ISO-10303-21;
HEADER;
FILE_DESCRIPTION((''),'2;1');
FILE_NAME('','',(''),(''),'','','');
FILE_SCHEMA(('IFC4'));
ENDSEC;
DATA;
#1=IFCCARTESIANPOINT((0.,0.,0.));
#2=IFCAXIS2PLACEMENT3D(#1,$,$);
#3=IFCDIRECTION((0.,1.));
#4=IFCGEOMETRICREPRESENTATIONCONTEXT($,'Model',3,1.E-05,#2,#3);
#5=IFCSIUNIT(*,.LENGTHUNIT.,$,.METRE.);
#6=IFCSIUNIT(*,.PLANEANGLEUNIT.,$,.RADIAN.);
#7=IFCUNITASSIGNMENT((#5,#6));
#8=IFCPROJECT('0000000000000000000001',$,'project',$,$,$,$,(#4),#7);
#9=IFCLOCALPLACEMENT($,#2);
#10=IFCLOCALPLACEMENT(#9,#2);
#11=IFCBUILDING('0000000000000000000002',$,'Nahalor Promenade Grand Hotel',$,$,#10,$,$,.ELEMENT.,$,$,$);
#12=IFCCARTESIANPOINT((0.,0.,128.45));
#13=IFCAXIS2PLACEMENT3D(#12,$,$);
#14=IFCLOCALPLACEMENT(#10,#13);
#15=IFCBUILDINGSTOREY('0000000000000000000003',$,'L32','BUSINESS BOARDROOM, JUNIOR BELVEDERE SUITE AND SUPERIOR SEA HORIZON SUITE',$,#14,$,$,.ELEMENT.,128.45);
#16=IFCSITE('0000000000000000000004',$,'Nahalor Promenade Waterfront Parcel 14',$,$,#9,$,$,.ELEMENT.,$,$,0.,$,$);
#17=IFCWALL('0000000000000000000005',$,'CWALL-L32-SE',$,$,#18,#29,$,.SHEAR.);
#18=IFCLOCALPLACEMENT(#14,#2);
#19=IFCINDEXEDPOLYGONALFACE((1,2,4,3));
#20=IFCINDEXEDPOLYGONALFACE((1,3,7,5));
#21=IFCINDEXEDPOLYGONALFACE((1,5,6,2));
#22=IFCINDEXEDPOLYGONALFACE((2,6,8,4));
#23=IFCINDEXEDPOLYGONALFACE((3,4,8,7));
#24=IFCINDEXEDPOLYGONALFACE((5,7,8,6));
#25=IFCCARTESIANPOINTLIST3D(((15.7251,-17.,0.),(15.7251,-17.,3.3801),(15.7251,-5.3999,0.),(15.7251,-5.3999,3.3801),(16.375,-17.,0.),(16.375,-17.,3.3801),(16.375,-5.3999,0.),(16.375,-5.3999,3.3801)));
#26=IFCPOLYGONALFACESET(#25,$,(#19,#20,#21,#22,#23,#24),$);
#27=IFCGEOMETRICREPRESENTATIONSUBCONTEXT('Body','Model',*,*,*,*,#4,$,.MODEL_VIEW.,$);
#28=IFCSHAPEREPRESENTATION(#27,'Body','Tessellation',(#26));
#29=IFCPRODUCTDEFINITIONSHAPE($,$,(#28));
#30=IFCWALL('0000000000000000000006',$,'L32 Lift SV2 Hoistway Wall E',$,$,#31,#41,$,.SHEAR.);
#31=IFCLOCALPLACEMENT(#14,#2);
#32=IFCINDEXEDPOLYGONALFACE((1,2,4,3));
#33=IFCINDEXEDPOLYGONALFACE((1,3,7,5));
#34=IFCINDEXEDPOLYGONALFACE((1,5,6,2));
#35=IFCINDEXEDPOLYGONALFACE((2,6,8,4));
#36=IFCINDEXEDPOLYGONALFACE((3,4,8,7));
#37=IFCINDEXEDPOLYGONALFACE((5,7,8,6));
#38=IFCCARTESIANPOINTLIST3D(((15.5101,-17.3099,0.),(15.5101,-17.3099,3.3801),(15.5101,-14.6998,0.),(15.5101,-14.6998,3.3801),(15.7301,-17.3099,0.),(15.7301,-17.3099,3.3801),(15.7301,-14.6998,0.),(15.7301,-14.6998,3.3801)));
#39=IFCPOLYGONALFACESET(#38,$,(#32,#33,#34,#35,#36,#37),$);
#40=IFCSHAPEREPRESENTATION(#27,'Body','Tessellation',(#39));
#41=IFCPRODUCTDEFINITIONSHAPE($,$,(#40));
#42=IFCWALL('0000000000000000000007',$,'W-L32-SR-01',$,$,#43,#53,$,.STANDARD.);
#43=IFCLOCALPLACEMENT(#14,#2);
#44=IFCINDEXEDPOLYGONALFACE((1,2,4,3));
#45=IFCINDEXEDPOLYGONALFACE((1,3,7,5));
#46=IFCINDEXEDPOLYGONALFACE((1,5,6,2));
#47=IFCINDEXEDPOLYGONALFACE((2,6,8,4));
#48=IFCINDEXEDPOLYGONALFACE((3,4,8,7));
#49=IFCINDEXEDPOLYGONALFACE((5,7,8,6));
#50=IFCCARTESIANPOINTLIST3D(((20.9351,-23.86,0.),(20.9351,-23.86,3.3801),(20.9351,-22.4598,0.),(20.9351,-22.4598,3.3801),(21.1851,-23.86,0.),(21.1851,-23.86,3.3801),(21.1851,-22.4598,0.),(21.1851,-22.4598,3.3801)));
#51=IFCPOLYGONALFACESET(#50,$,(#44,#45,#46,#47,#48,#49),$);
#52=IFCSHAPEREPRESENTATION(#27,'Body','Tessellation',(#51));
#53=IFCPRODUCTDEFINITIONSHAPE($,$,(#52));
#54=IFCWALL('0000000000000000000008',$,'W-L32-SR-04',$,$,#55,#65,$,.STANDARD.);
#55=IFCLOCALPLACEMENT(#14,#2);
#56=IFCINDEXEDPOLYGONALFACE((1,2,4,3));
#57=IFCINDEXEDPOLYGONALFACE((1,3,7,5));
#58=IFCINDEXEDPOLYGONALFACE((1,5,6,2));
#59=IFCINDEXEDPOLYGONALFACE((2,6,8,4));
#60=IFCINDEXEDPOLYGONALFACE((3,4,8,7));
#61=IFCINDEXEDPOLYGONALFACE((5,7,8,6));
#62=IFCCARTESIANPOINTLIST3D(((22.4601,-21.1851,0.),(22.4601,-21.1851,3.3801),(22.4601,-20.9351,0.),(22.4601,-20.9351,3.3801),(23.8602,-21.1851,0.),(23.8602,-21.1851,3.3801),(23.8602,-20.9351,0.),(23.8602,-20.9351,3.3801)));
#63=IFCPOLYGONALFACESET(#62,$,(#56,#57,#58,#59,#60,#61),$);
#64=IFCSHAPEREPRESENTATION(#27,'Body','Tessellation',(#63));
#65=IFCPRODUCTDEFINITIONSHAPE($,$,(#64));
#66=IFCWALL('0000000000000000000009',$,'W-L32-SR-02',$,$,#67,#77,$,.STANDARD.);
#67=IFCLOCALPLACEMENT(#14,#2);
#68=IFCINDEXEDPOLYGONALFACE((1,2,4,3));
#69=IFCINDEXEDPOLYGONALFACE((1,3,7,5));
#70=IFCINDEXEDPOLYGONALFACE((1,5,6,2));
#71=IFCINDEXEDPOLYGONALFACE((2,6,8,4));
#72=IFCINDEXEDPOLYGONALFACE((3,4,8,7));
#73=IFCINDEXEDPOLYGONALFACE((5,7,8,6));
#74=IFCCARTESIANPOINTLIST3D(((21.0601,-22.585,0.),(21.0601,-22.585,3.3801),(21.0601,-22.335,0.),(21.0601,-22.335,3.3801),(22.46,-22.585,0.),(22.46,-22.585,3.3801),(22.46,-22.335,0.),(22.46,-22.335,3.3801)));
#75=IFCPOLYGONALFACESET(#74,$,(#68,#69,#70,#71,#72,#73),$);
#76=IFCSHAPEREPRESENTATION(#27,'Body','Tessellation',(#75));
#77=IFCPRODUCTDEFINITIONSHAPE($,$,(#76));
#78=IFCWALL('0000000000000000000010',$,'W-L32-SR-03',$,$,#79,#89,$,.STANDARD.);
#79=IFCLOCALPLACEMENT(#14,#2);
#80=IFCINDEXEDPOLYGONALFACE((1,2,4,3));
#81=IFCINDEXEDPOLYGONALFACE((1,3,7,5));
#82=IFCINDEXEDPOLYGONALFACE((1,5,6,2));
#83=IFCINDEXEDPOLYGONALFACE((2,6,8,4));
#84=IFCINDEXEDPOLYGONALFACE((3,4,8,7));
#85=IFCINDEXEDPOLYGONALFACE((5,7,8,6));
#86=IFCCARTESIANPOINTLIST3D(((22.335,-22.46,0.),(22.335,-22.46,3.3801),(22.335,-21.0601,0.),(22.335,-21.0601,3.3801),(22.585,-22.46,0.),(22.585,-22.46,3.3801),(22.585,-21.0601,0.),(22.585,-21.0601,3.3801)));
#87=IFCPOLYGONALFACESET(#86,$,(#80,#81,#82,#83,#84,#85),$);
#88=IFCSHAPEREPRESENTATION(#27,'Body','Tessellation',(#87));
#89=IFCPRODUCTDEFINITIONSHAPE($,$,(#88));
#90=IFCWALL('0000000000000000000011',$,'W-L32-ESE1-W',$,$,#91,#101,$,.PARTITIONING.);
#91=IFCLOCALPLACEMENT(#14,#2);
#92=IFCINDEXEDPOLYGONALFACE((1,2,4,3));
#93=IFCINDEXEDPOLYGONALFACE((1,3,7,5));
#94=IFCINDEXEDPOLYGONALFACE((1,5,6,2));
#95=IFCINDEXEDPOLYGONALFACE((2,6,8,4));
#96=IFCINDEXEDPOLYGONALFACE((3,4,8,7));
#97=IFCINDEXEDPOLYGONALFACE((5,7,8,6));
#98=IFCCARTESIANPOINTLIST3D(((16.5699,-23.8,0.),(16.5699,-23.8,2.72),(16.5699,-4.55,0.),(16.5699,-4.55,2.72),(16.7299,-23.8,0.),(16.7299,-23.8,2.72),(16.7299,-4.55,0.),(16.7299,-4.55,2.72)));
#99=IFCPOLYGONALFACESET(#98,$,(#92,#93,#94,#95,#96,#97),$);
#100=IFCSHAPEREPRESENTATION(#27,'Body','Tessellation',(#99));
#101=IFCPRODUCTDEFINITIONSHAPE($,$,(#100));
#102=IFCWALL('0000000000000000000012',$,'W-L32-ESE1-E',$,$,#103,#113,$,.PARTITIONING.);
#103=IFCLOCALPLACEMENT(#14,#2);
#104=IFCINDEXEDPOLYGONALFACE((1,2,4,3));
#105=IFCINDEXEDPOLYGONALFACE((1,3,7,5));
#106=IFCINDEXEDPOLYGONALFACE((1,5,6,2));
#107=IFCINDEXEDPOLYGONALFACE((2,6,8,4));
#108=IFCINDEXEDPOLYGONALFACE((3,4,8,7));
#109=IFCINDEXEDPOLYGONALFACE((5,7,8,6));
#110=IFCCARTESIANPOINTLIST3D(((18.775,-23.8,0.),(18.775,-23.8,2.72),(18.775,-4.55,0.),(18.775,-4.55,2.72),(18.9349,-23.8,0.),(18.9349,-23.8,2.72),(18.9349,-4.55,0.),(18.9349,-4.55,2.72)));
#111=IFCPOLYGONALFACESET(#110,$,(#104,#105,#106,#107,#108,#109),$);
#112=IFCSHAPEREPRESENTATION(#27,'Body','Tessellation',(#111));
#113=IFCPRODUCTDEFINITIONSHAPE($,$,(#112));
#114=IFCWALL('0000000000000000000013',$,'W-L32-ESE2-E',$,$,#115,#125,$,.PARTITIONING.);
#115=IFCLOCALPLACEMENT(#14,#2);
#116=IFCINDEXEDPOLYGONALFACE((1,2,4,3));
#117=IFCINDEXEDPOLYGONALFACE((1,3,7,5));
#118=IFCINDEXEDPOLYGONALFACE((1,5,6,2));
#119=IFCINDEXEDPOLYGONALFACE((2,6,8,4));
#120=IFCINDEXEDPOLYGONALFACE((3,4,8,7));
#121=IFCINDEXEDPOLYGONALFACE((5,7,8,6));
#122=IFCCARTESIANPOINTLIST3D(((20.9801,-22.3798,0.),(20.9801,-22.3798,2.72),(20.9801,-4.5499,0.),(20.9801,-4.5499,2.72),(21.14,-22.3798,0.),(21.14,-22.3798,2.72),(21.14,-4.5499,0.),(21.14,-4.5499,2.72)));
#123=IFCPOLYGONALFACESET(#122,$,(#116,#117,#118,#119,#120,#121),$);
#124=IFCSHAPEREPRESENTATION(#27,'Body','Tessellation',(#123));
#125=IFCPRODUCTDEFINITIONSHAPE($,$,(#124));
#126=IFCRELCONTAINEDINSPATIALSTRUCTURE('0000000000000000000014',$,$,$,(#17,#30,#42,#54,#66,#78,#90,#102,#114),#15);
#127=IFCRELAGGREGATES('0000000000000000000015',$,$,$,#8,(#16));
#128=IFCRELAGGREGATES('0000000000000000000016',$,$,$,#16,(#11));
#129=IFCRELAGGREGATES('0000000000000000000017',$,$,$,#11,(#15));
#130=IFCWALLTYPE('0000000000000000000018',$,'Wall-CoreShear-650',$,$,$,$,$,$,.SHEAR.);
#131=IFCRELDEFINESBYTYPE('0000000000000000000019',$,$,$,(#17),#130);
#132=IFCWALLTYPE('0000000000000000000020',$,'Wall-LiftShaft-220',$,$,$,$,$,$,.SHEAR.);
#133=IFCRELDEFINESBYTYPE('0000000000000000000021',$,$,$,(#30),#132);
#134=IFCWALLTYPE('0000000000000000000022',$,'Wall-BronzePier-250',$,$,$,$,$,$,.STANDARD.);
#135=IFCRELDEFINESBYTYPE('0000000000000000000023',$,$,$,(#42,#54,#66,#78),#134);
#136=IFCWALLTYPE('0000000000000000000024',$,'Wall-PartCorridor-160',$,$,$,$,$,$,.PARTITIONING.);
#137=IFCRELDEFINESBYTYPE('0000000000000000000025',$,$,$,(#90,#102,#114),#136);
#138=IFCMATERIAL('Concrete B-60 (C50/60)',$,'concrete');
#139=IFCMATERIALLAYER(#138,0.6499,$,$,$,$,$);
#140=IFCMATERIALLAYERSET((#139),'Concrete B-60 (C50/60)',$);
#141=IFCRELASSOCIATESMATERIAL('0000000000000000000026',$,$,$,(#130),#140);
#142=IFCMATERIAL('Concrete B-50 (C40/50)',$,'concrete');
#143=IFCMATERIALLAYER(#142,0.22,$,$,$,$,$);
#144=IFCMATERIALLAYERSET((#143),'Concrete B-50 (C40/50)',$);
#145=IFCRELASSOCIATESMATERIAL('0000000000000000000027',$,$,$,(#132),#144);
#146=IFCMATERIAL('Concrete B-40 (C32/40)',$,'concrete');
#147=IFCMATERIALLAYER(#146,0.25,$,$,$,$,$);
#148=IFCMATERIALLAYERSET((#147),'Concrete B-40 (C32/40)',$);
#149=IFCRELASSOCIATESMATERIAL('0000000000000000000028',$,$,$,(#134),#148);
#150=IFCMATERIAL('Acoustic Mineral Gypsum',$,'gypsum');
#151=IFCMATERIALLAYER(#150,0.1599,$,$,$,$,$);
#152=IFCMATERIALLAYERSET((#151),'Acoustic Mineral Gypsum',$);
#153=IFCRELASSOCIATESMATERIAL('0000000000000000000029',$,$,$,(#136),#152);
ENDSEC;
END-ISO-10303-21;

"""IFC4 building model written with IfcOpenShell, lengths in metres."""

from ifc_helpers import new_model, si_unit, direction, frame, frame_2d, origin, place, context, subcontext, project, spatial, rectangle, extrude, source, transform, mapped, material, layer, layer_set, type_object, element, save


model = new_model("IFC4")

# Units and contexts
model_context = context("Model", 3, precision=1e-05, world=origin(), true_north=direction((0.0, 1.0)))
body_context = subcontext(model_context, "Body", "Model", "MODEL_VIEW")
ifc_project = project(units=[si_unit("LENGTHUNIT", "METRE"), si_unit("PLANEANGLEUNIT", "RADIAN")], contexts=[model_context])

# Site, building, storey
site_placement = place(None, origin())
site = spatial("IfcSite", under=ifc_project, at=site_placement, Name="Nahalor Promenade Waterfront Parcel 14", CompositionType="ELEMENT", RefElevation=0.0)
building_placement = place(site_placement, origin())
building = spatial("IfcBuilding", under=site, at=building_placement, Name="Nahalor Promenade Grand Hotel", CompositionType="ELEMENT")
storey_placement = place(building_placement, frame((0.0, 0.0, 128.45)))
storey = spatial("IfcBuildingStorey", under=building, at=storey_placement, Name="L32", Description="BUSINESS BOARDROOM, JUNIOR BELVEDERE SUITE AND SUPERIOR SEA HORIZON SUITE", CompositionType="ELEMENT", Elevation=128.45)

# Shared definitions
ifc_material_1 = material(Name="Concrete B-60 (C50/60)", Category="concrete")

# Walls
ifc_layer_1 = layer(ifc_material_1, 0.6499)
ifc_layer_set_1 = layer_set([ifc_layer_1], Name="Concrete B-60 (C50/60)")
wall_type_1 = type_object("IfcWallType", Name="Wall-CoreShear-650", PredefinedType="SHEAR", material=ifc_layer_set_1)
shared_shape_1 = source(origin(), body_context, "Body", "SweptSolid", [
    extrude(rectangle(XDim=11.6001, YDim=0.6499, at=frame_2d((5.8, 0.0))), origin(), (0.0, 0.0, 1.0), 3.3801),
])
wall_1_placement = place(storey_placement, frame((16.05, -17.0, 0.0), z_axis=(0.0, 0.0, 1.0), x_axis=(0.0, 1.0, 0.0)))
element("IfcWall", 1, at=wall_1_placement, inside=storey, type_object=wall_type_1, Name="CWALL-L32-SE", PredefinedType="SHEAR", context=body_context, shape_type="MappedRepresentation", body=[
    mapped(shared_shape_1, transform((0.0, 0.0, 0.0), scale=1.0)),
])
ifc_material_2 = material(Name="Concrete B-50 (C40/50)", Category="concrete")
ifc_layer_2 = layer(ifc_material_2, 0.22)
ifc_layer_set_2 = layer_set([ifc_layer_2], Name="Concrete B-50 (C40/50)")
wall_type_2 = type_object("IfcWallType", Name="Wall-LiftShaft-220", PredefinedType="SHEAR", material=ifc_layer_set_2)
shared_shape_2 = source(origin(), body_context, "Body", "SweptSolid", [
    extrude(rectangle(XDim=2.6101, YDim=0.22, at=frame_2d((1.3052, 0.0))), origin(), (0.0, 0.0, 1.0), 3.3801),
])
wall_2_placement = place(storey_placement, frame((15.6201, -17.3101, 0.0), z_axis=(0.0, 0.0, 1.0), x_axis=(0.0, 1.0, 0.0)))
element("IfcWall", 2, at=wall_2_placement, inside=storey, type_object=wall_type_2, Name="L32 Lift SV2 Hoistway Wall E", PredefinedType="SHEAR", context=body_context, shape_type="MappedRepresentation", body=[
    mapped(shared_shape_2, transform((0.0, 0.0, 0.0), scale=1.0)),
])
ifc_material_3 = material(Name="Concrete B-40 (C32/40)", Category="concrete")
ifc_layer_3 = layer(ifc_material_3, 0.25)
ifc_layer_set_3 = layer_set([ifc_layer_3], Name="Concrete B-40 (C32/40)")
wall_type_3 = type_object("IfcWallType", Name="Wall-BronzePier-250", PredefinedType="STANDARD", material=ifc_layer_set_3)
shared_shape_3 = source(origin(), body_context, "Body", "SweptSolid", [
    extrude(rectangle(XDim=1.4001, YDim=0.25, at=frame_2d((0.7002, 0.0))), origin(), (0.0, 0.0, 1.0), 3.3801),
])
for number, where, z_axis, x_axis, name in (
    (3, (21.0601, -23.8601, 0.0), (0.0, 0.0, 1.0), (0.0, 1.0, 0.0), "W-L32-SR-01"),
    (4, (22.46, -21.0601, 0.0), (0.0, 0.0, 1.0), (1.0, 0.0, 0.0), "W-L32-SR-04"),
):
    element("IfcWall", number, at=place(storey_placement, frame(where, z_axis=z_axis, x_axis=x_axis)), inside=storey, type_object=wall_type_3, Name=name, PredefinedType="STANDARD", context=body_context, shape_type="MappedRepresentation", body=[
        mapped(shared_shape_3, transform((0.0, 0.0, 0.0), scale=1.0)),
    ])
shared_shape_4 = source(origin(), body_context, "Body", "SweptSolid", [
    extrude(rectangle(XDim=1.3999, YDim=0.25, at=frame_2d((0.7, 0.0))), origin(), (0.0, 0.0, 1.0), 3.3801),
])
for number, where, z_axis, x_axis, name in (
    (5, (21.0601, -22.46, 0.0), (0.0, 0.0, 1.0), (1.0, 0.0, 0.0), "W-L32-SR-02"),
    (6, (22.46, -22.46, 0.0), (0.0, 0.0, 1.0), (0.0, 1.0, 0.0), "W-L32-SR-03"),
):
    element("IfcWall", number, at=place(storey_placement, frame(where, z_axis=z_axis, x_axis=x_axis)), inside=storey, type_object=wall_type_3, Name=name, PredefinedType="STANDARD", context=body_context, shape_type="MappedRepresentation", body=[
        mapped(shared_shape_4, transform((0.0, 0.0, 0.0), scale=1.0)),
    ])
ifc_material_4 = material(Name="Acoustic Mineral Gypsum", Category="gypsum")
ifc_layer_4 = layer(ifc_material_4, 0.1599)
ifc_layer_set_4 = layer_set([ifc_layer_4], Name="Acoustic Mineral Gypsum")
wall_type_4 = type_object("IfcWallType", Name="Wall-PartCorridor-160", PredefinedType="PARTITIONING", material=ifc_layer_set_4)
shared_shape_5 = source(origin(), body_context, "Body", "SweptSolid", [
    extrude(rectangle(XDim=19.25, YDim=0.1599, at=frame_2d((9.625, 0.0))), origin(), (0.0, 0.0, 1.0), 2.72),
])
for number, where, z_axis, x_axis, name in (
    (7, (16.6499, -23.8, 0.0), (0.0, 0.0, 1.0), (0.0, 1.0, 0.0), "W-L32-ESE1-W"),
    (8, (18.855, -23.8, 0.0), (0.0, 0.0, 1.0), (0.0, 1.0, 0.0), "W-L32-ESE1-E"),
):
    element("IfcWall", number, at=place(storey_placement, frame(where, z_axis=z_axis, x_axis=x_axis)), inside=storey, type_object=wall_type_4, Name=name, PredefinedType="PARTITIONING", context=body_context, shape_type="MappedRepresentation", body=[
        mapped(shared_shape_5, transform((0.0, 0.0, 0.0), scale=1.0)),
    ])
shared_shape_6 = source(origin(), body_context, "Body", "SweptSolid", [
    extrude(rectangle(XDim=17.8298, YDim=0.1599, at=frame_2d((8.915, 0.0))), origin(), (0.0, 0.0, 1.0), 2.72),
])
wall_3_placement = place(storey_placement, frame((21.0601, -22.3799, 0.0), z_axis=(0.0, 0.0, 1.0), x_axis=(0.0, 1.0, 0.0)))
element("IfcWall", 9, at=wall_3_placement, inside=storey, type_object=wall_type_4, Name="W-L32-ESE2-E", PredefinedType="PARTITIONING", context=body_context, shape_type="MappedRepresentation", body=[
    mapped(shared_shape_6, transform((0.0, 0.0, 0.0), scale=1.0)),
])

save(model, "model.ifc")
